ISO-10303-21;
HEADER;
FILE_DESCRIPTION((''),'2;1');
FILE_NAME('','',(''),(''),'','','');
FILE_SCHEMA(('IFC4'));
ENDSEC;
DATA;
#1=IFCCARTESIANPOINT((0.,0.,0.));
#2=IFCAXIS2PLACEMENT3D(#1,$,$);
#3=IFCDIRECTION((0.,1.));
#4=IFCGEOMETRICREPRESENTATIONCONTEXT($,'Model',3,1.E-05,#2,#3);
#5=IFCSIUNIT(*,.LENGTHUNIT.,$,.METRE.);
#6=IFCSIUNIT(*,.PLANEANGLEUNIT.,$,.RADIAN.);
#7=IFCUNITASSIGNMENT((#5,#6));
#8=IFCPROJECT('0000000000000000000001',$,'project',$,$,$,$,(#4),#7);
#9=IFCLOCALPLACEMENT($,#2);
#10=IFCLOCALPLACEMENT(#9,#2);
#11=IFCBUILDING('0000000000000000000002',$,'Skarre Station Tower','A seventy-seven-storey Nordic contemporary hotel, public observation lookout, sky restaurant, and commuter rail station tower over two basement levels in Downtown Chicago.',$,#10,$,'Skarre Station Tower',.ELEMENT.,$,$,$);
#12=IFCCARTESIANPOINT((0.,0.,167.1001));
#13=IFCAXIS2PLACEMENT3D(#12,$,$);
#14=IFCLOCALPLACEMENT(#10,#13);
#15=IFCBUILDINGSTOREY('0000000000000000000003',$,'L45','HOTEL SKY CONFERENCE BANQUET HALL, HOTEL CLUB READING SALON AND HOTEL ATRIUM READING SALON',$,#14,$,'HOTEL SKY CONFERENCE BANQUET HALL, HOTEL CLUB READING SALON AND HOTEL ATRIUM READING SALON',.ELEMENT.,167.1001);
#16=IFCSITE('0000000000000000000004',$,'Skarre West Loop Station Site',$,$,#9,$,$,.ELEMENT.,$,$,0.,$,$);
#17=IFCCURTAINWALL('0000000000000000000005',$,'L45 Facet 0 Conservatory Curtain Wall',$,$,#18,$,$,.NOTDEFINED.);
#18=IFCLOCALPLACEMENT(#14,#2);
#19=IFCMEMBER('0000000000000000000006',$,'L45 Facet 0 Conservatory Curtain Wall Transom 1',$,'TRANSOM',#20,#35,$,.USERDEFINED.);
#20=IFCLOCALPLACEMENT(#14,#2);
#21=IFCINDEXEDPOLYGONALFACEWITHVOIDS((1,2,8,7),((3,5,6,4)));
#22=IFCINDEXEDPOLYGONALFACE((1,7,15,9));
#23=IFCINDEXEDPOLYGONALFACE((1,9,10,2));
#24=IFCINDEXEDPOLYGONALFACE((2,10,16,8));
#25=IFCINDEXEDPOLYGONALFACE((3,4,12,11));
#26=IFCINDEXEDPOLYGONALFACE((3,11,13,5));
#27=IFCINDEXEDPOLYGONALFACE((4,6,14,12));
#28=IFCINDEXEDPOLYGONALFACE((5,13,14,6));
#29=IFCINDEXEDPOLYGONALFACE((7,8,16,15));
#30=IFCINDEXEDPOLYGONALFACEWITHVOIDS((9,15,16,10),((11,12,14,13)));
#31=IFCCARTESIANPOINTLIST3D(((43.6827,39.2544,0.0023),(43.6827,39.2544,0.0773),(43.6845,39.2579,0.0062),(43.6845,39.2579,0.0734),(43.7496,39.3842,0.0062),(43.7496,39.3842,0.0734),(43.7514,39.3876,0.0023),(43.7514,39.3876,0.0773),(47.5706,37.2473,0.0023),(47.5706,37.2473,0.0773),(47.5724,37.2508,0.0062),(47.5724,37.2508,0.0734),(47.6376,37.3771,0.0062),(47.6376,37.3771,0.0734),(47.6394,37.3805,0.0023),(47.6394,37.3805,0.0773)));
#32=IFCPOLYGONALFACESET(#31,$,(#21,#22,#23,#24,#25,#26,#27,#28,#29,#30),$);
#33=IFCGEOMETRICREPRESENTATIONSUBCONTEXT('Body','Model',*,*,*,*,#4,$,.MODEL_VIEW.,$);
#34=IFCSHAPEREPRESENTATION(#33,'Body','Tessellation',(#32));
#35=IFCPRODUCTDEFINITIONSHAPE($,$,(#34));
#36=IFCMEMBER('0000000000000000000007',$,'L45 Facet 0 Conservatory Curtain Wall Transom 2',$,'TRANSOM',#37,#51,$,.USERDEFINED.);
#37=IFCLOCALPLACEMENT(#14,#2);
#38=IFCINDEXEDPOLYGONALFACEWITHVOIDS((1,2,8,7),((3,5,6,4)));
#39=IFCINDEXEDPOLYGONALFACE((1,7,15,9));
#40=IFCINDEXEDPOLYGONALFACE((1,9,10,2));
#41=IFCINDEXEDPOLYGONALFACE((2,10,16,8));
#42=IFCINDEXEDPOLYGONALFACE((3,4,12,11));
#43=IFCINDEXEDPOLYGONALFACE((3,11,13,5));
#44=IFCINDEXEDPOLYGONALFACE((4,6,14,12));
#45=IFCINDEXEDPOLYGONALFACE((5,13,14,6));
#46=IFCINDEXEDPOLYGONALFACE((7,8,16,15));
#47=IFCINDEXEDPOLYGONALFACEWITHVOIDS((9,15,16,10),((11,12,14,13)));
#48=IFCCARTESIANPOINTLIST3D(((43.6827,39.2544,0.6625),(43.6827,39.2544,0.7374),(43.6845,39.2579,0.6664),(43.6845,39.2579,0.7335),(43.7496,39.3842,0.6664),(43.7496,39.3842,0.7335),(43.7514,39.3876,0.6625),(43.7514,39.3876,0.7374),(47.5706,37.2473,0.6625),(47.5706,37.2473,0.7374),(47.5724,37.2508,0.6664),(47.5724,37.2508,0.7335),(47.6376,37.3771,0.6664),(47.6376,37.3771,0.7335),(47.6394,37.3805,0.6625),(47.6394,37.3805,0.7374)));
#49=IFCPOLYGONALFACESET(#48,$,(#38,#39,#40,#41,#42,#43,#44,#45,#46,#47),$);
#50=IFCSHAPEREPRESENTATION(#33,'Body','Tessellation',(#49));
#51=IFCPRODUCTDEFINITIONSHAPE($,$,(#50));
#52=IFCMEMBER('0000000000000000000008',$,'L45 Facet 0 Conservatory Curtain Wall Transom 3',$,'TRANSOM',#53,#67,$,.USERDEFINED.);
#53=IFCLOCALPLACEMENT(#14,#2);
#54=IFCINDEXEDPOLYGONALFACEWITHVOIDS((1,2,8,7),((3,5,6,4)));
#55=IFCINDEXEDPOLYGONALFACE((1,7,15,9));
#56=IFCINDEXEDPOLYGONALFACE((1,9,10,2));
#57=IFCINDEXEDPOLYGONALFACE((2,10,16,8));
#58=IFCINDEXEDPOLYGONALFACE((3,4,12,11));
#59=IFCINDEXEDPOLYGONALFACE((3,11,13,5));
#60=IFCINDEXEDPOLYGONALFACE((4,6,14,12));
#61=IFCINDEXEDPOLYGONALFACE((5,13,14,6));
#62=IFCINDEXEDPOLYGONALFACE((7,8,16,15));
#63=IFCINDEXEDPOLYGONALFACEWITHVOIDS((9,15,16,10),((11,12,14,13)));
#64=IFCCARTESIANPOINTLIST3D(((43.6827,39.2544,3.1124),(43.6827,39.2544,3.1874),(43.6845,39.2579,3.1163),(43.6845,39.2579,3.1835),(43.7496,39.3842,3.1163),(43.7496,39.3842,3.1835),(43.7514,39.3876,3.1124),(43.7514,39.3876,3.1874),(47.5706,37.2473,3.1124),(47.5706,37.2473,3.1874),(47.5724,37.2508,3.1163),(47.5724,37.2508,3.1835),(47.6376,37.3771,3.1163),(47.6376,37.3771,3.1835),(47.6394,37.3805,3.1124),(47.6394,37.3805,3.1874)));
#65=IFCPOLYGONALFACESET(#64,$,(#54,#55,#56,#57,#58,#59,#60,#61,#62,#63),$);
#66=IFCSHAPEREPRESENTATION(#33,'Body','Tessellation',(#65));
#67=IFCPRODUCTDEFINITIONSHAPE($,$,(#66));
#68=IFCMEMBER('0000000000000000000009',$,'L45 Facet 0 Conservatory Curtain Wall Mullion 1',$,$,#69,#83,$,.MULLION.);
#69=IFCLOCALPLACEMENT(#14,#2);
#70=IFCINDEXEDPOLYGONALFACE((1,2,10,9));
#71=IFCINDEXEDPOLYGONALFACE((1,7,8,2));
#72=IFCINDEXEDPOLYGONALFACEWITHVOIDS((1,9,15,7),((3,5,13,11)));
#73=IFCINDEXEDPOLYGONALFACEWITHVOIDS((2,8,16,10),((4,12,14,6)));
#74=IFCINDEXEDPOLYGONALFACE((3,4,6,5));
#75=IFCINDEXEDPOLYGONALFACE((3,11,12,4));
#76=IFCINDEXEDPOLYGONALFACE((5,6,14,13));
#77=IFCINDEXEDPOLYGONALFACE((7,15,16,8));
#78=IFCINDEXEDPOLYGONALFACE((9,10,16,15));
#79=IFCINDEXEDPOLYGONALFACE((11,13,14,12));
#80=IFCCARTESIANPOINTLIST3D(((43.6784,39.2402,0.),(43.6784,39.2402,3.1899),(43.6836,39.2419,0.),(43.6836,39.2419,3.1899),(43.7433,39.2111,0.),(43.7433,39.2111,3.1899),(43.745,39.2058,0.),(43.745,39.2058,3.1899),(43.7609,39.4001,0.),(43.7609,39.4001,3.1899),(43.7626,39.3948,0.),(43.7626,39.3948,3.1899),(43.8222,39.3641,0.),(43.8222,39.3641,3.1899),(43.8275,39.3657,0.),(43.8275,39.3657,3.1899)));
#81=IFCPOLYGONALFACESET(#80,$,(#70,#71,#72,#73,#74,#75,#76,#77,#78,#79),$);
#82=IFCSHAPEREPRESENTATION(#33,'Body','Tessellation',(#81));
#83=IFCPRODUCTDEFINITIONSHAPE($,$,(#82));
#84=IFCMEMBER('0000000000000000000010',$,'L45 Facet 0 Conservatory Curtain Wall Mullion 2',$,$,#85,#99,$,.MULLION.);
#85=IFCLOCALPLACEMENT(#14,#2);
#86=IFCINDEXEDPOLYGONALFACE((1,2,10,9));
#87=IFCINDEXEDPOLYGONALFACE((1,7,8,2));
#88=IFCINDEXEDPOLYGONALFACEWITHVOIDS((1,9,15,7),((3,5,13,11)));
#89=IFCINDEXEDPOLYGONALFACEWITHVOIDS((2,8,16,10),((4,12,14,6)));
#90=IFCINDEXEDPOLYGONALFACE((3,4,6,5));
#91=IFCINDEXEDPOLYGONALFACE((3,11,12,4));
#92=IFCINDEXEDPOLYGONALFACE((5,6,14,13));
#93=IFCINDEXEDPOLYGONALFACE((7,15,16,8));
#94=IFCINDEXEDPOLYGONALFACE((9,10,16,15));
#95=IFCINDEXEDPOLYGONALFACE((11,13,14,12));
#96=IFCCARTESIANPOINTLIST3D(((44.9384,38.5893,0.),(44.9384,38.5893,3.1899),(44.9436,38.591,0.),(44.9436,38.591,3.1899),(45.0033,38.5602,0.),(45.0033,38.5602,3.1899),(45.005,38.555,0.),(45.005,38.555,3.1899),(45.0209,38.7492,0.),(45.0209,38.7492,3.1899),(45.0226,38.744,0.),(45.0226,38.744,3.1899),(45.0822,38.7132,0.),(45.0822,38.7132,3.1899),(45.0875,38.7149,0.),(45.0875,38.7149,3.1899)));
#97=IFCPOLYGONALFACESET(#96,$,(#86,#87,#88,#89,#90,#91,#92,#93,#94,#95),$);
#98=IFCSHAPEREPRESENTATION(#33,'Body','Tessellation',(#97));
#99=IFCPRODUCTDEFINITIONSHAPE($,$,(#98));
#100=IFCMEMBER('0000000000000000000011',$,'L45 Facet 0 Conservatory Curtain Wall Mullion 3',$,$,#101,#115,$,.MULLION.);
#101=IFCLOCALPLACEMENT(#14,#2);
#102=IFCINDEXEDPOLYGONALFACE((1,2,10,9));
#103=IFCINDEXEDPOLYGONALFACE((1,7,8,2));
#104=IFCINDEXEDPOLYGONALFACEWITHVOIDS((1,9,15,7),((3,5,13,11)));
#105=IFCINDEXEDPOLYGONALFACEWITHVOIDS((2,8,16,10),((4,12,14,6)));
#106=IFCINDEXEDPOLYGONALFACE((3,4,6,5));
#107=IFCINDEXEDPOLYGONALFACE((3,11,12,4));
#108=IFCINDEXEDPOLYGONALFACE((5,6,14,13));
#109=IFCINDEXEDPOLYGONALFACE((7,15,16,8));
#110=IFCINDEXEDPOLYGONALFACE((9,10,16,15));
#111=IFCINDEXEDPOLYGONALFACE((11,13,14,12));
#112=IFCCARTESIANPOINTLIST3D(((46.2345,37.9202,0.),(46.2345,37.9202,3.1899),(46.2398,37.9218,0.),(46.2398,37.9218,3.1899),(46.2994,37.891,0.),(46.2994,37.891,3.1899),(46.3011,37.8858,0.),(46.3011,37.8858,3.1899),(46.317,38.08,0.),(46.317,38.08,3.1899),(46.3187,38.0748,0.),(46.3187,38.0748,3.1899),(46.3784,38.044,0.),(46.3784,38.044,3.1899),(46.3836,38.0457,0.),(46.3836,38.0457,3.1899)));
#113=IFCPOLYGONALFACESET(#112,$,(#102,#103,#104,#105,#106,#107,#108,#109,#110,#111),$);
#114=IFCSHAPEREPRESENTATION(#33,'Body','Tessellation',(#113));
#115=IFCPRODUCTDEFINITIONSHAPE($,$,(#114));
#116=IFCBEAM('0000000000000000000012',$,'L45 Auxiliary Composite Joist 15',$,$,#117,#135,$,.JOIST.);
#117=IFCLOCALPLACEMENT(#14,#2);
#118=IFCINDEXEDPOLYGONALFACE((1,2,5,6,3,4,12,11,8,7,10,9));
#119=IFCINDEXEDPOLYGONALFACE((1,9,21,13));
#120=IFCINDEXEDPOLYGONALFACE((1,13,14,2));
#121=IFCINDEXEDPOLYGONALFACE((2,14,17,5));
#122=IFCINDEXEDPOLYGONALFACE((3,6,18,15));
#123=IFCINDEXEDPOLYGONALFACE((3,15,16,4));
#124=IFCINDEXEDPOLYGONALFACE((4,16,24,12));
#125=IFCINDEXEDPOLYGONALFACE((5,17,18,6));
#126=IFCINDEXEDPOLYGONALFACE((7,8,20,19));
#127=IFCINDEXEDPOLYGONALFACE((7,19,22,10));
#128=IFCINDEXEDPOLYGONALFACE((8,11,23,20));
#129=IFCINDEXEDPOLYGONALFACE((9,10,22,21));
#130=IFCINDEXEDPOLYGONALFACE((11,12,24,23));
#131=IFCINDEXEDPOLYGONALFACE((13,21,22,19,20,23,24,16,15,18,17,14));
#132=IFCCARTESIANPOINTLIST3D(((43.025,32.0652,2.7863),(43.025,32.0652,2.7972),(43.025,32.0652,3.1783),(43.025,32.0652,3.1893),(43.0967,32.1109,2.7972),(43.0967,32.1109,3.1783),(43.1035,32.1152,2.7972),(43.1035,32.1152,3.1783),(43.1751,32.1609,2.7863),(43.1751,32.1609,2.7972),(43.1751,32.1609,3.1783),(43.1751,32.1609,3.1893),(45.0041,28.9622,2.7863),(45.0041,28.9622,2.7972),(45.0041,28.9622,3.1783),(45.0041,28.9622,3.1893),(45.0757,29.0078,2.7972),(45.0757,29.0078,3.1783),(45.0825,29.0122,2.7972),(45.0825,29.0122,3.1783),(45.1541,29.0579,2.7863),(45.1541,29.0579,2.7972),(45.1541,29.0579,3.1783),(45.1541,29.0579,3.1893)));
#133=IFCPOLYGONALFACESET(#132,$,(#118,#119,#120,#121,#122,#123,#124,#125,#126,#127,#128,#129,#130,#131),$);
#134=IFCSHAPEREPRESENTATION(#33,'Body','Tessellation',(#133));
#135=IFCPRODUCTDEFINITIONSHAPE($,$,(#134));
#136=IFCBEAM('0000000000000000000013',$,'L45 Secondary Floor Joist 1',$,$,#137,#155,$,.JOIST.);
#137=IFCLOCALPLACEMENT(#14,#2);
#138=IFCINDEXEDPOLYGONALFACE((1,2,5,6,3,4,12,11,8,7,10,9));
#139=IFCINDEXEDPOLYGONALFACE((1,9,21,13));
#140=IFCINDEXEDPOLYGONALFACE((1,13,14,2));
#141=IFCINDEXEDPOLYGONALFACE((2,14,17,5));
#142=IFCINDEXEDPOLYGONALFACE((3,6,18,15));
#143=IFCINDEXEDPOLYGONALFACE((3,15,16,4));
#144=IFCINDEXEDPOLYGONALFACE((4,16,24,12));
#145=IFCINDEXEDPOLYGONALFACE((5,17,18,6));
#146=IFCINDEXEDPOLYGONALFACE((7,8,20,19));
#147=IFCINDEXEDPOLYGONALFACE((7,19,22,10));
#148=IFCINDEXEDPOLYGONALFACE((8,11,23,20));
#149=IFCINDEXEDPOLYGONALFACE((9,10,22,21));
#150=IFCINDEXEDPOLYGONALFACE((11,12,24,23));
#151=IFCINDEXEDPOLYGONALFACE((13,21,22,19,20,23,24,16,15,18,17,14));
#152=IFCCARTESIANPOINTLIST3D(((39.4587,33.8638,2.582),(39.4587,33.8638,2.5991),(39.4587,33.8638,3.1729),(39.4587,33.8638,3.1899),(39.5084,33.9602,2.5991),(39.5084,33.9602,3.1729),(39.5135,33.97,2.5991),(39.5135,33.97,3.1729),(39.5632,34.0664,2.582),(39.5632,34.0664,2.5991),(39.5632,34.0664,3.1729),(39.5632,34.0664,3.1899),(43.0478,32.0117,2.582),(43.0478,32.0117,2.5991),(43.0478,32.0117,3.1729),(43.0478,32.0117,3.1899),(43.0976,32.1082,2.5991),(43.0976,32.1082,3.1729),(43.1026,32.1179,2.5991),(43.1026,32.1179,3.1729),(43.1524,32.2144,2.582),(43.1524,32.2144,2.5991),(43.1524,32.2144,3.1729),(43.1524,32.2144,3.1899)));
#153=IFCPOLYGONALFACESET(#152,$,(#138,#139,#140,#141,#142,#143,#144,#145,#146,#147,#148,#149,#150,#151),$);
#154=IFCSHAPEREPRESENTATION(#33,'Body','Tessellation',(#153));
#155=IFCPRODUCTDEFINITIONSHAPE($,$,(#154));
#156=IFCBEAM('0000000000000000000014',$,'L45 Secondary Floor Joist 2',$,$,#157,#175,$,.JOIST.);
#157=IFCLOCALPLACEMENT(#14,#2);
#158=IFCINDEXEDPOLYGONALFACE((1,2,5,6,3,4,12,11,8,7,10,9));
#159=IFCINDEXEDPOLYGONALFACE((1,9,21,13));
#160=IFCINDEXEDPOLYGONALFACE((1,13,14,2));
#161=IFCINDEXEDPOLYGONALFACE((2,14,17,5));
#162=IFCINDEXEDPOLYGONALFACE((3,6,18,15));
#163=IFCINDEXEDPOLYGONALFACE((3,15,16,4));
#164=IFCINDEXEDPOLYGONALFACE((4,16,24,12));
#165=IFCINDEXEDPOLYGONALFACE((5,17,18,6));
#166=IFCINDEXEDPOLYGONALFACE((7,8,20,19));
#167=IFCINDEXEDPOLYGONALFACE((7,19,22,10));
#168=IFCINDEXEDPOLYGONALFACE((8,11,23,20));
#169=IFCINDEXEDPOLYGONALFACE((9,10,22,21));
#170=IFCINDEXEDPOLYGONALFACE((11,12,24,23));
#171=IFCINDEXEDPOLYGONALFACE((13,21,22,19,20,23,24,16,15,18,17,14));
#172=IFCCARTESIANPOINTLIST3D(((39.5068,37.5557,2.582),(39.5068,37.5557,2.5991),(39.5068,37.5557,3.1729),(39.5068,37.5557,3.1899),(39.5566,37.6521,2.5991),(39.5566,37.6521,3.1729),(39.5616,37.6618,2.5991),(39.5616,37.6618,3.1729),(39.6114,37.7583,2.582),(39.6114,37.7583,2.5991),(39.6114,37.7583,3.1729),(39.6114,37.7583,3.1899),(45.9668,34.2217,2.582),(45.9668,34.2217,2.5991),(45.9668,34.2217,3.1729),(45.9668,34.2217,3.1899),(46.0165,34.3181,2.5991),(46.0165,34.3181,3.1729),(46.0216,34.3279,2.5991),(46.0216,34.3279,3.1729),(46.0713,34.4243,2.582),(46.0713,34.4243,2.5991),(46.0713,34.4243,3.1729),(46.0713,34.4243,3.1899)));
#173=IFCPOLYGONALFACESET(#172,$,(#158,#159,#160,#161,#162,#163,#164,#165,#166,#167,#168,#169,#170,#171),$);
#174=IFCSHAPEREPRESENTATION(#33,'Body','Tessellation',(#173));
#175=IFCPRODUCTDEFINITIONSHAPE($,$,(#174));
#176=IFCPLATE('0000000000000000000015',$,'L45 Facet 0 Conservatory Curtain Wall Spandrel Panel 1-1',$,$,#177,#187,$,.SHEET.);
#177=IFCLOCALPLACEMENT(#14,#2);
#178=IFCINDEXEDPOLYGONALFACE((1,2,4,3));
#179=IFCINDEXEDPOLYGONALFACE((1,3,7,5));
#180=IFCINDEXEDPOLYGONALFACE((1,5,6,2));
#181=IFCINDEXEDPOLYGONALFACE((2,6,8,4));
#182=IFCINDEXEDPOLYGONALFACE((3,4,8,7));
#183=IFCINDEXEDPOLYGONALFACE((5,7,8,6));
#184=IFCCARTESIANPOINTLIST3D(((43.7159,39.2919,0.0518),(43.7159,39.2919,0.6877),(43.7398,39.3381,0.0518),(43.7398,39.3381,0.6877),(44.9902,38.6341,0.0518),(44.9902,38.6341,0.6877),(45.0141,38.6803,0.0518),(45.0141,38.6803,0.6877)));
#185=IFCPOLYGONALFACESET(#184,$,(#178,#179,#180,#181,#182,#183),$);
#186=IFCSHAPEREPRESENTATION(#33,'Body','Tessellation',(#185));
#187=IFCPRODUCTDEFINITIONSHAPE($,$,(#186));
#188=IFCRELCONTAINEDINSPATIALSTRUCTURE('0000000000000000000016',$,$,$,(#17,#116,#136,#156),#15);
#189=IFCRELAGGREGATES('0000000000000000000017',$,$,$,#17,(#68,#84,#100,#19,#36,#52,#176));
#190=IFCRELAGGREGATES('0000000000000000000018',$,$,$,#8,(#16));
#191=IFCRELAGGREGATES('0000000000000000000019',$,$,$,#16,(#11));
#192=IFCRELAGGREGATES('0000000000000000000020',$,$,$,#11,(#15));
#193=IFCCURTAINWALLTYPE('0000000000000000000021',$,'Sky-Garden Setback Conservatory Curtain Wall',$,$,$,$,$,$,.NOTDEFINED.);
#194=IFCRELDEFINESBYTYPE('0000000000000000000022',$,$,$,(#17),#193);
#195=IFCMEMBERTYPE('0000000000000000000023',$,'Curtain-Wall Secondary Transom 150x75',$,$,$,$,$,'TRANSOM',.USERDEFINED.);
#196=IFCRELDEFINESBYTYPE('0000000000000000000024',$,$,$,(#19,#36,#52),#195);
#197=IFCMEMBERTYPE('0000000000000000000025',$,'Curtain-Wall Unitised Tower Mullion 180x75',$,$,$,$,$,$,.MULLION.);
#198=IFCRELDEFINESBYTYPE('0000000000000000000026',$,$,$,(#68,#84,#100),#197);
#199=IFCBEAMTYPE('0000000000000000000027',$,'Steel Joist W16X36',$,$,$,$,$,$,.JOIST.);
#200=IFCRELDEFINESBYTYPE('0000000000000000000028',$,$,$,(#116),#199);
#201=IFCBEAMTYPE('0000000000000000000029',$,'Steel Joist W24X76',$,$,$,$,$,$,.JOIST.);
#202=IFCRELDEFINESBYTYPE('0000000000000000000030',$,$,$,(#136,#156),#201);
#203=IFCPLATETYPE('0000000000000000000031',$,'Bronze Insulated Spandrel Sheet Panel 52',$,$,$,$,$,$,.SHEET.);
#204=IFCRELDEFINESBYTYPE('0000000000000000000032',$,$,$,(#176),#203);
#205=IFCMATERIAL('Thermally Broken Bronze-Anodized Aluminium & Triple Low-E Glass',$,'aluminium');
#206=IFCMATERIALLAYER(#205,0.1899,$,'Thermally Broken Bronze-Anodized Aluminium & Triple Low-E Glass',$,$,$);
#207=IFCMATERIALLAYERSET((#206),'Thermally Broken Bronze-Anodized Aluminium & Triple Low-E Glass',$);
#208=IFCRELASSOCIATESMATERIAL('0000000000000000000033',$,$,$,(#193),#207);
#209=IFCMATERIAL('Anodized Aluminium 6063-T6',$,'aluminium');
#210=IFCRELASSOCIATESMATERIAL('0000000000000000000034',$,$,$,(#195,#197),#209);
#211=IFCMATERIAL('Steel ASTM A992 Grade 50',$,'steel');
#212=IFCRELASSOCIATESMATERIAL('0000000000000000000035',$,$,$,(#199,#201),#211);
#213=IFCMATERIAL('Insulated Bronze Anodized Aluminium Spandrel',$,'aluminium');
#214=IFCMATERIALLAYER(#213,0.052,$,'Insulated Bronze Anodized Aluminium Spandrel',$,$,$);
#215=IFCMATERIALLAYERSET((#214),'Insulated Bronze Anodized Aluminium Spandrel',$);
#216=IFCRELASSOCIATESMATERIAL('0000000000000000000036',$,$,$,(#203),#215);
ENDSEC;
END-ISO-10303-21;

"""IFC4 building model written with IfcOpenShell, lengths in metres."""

from ifc_helpers import new_model, si_unit, direction, frame, origin, origin_2d, place, context, subcontext, project, spatial, rectangle, hollow_rectangle, i_section, extrude, material, layer, layer_set, material_profile, profile_set, type_object, element, aggregate, save


model = new_model("IFC4")

# Units and contexts
model_context = context("Model", 3, precision=1e-05, world=origin(), true_north=direction((0.0, 1.0)))
body_context = subcontext(model_context, "Body", "Model", "MODEL_VIEW")
ifc_project = project(units=[si_unit("LENGTHUNIT", "METRE"), si_unit("PLANEANGLEUNIT", "RADIAN")], contexts=[model_context])

# Site, building, storey
site_placement = place(None, origin())
site = spatial("IfcSite", under=ifc_project, at=site_placement, Name="Skarre West Loop Station Site", CompositionType="ELEMENT", RefElevation=0.0)
building_placement = place(site_placement, origin())
building = spatial("IfcBuilding", under=site, at=building_placement, Name="Skarre Station Tower", Description="A seventy-seven-storey Nordic contemporary hotel, public observation lookout, sky restaurant, and commuter rail station tower over two basement levels in Downtown Chicago.", LongName="Skarre Station Tower", CompositionType="ELEMENT")
storey_placement = place(building_placement, frame((0.0, 0.0, 167.1001)))
storey = spatial("IfcBuildingStorey", under=building, at=storey_placement, Name="L45", Description="HOTEL SKY CONFERENCE BANQUET HALL, HOTEL CLUB READING SALON AND HOTEL ATRIUM READING SALON", LongName="HOTEL SKY CONFERENCE BANQUET HALL, HOTEL CLUB READING SALON AND HOTEL ATRIUM READING SALON", CompositionType="ELEMENT", Elevation=167.1001)

# Curtain wall, members
ifc_material_1 = material(Name="Thermally Broken Bronze-Anodized Aluminium & Triple Low-E Glass", Category="aluminium")
ifc_layer_1 = layer(ifc_material_1, 0.1899, Name="Thermally Broken Bronze-Anodized Aluminium & Triple Low-E Glass")
ifc_layer_set_1 = layer_set([ifc_layer_1], Name="Thermally Broken Bronze-Anodized Aluminium & Triple Low-E Glass")
curtain_wall_type = type_object("IfcCurtainWallType", Name="Sky-Garden Setback Conservatory Curtain Wall", PredefinedType="NOTDEFINED", material=ifc_layer_set_1)
curtain_wall_placement = place(storey_placement, origin())
curtain_wall = element("IfcCurtainWall", 1, at=curtain_wall_placement, inside=storey, type_object=curtain_wall_type, Name="L45 Facet 0 Conservatory Curtain Wall", PredefinedType="NOTDEFINED")
ifc_material_2 = material(Name="Anodized Aluminium 6063-T6", Category="aluminium")
ifc_material_profile_1 = material_profile(ifc_material_2, hollow_rectangle(XDim=0.075, YDim=0.1499, WallThickness=0.0039, at=origin_2d()), Name="Anodized Aluminium 6063-T6")
ifc_profile_set_1 = profile_set([ifc_material_profile_1], Name="Anodized Aluminium 6063-T6")
member_type_1 = type_object("IfcMemberType", Name="Curtain-Wall Secondary Transom 150x75", ElementType="TRANSOM", PredefinedType="USERDEFINED", material=ifc_profile_set_1)
member_1_placement = place(storey_placement, frame((43.717, 39.321, 0.0398), z_axis=(0.888583, -0.458715, 0.0), x_axis=(0.0, 0.0, 1.0)))
member_1 = element("IfcMember", 2, at=member_1_placement, type_object=member_type_1, Name="L45 Facet 0 Conservatory Curtain Wall Transom 1", ObjectType="TRANSOM", PredefinedType="USERDEFINED", context=body_context, shape_type="SweptSolid", body=[
    extrude(hollow_rectangle(XDim=0.075, YDim=0.1499, WallThickness=0.0039, at=origin_2d()), origin(), (0.0, 0.0, 1.0), 4.3755),
])
member_2_placement = place(storey_placement, frame((43.717, 39.321, 0.7), z_axis=(0.888583, -0.458715, 0.0), x_axis=(0.0, 0.0, 1.0)))
member_2 = element("IfcMember", 3, at=member_2_placement, type_object=member_type_1, Name="L45 Facet 0 Conservatory Curtain Wall Transom 2", ObjectType="TRANSOM", PredefinedType="USERDEFINED", context=body_context, shape_type="SweptSolid", body=[
    extrude(hollow_rectangle(XDim=0.075, YDim=0.1499, WallThickness=0.0039, at=origin_2d()), origin(), (0.0, 0.0, 1.0), 4.3755),
])
member_3_placement = place(storey_placement, frame((43.717, 39.321, 3.1499), z_axis=(0.888583, -0.458715, 0.0), x_axis=(0.0, 0.0, 1.0)))
member_3 = element("IfcMember", 4, at=member_3_placement, type_object=member_type_1, Name="L45 Facet 0 Conservatory Curtain Wall Transom 3", ObjectType="TRANSOM", PredefinedType="USERDEFINED", context=body_context, shape_type="SweptSolid", body=[
    extrude(hollow_rectangle(XDim=0.075, YDim=0.1499, WallThickness=0.0039, at=origin_2d()), origin(), (0.0, 0.0, 1.0), 4.3755),
])
ifc_material_profile_2 = material_profile(ifc_material_2, hollow_rectangle(XDim=0.075, YDim=0.1799, WallThickness=0.0039, at=origin_2d()), Name="Anodized Aluminium 6063-T6")
ifc_profile_set_2 = profile_set([ifc_material_profile_2], Name="Anodized Aluminium 6063-T6")
member_type_2 = type_object("IfcMemberType", Name="Curtain-Wall Unitised Tower Mullion 180x75", PredefinedType="MULLION", material=ifc_profile_set_2)
member_4_placement = place(storey_placement, frame((43.7529, 39.303, 0.0), z_axis=(0.0, 0.0, 1.0), x_axis=(0.888593, -0.458696, 0.0)))
member_4 = element("IfcMember", 5, at=member_4_placement, type_object=member_type_2, Name="L45 Facet 0 Conservatory Curtain Wall Mullion 1", PredefinedType="MULLION", context=body_context, shape_type="SweptSolid", body=[
    extrude(hollow_rectangle(XDim=0.075, YDim=0.1799, WallThickness=0.0039, at=origin_2d()), origin(), (0.0, 0.0, 1.0), 3.1899),
])
member_5_placement = place(storey_placement, frame((45.0129, 38.6521, 0.0), z_axis=(0.0, 0.0, 1.0), x_axis=(0.888593, -0.458696, 0.0)))
member_5 = element("IfcMember", 6, at=member_5_placement, type_object=member_type_2, Name="L45 Facet 0 Conservatory Curtain Wall Mullion 2", PredefinedType="MULLION", context=body_context, shape_type="SweptSolid", body=[
    extrude(hollow_rectangle(XDim=0.075, YDim=0.1799, WallThickness=0.0039, at=origin_2d()), origin(), (0.0, 0.0, 1.0), 3.1899),
])
member_6_placement = place(storey_placement, frame((46.3091, 37.9829, 0.0), z_axis=(0.0, 0.0, 1.0), x_axis=(0.888593, -0.458696, 0.0)))
member_6 = element("IfcMember", 7, at=member_6_placement, type_object=member_type_2, Name="L45 Facet 0 Conservatory Curtain Wall Mullion 3", PredefinedType="MULLION", context=body_context, shape_type="SweptSolid", body=[
    extrude(hollow_rectangle(XDim=0.075, YDim=0.1799, WallThickness=0.0039, at=origin_2d()), origin(), (0.0, 0.0, 1.0), 3.1899),
])

# Beams
ifc_material_3 = material(Name="Steel ASTM A992 Grade 50", Category="steel")
ifc_material_profile_3 = material_profile(ifc_material_3, i_section(OverallWidth=0.178, OverallDepth=0.4031, WebThickness=0.0081, FlangeThickness=0.011, at=origin_2d()), Name="Steel ASTM A992 Grade 50")
ifc_profile_set_3 = profile_set([ifc_material_profile_3], Name="Steel ASTM A992 Grade 50")
beam_type_1 = type_object("IfcBeamType", Name="Steel Joist W16X36", PredefinedType="JOIST", material=ifc_profile_set_3)
beam_1_placement = place(storey_placement, frame((45.0791, 29.01, 2.9878), z_axis=(-0.537717, 0.843126, 0.0), x_axis=(-0.843126, -0.537717, 0.0)))
element("IfcBeam", 8, at=beam_1_placement, inside=storey, type_object=beam_type_1, Name="L45 Auxiliary Composite Joist 15", PredefinedType="JOIST", context=body_context, shape_type="SweptSolid", body=[
    extrude(i_section(OverallWidth=0.178, OverallDepth=0.4031, WebThickness=0.0081, FlangeThickness=0.011, at=origin_2d()), origin(), (0.0, 0.0, 1.0), 3.6804),
])
ifc_material_profile_4 = material_profile(ifc_material_3, i_section(OverallWidth=0.228, OverallDepth=0.6079, WebThickness=0.011, FlangeThickness=0.0171, at=origin_2d()), Name="Steel ASTM A992 Grade 50")
ifc_profile_set_4 = profile_set([ifc_material_profile_4], Name="Steel ASTM A992 Grade 50")
beam_type_2 = type_object("IfcBeamType", Name="Steel Joist W24X76", PredefinedType="JOIST", material=ifc_profile_set_4)
beam_2_placement = place(storey_placement, frame((43.1001, 32.113, 2.886), z_axis=(-0.88866, 0.458566, 0.0), x_axis=(-0.458566, -0.88866, 0.0)))
element("IfcBeam", 9, at=beam_2_placement, inside=storey, type_object=beam_type_2, Name="L45 Secondary Floor Joist 1", PredefinedType="JOIST", context=body_context, shape_type="SweptSolid", body=[
    extrude(i_section(OverallWidth=0.228, OverallDepth=0.6079, WebThickness=0.011, FlangeThickness=0.0171, at=origin_2d()), origin(), (0.0, 0.0, 1.0), 4.0388),
])
beam_3_placement = place(storey_placement, frame((46.019, 34.323, 2.886), z_axis=(-0.888631, 0.458622, 0.0), x_axis=(-0.458622, -0.888631, 0.0)))
element("IfcBeam", 10, at=beam_3_placement, inside=storey, type_object=beam_type_2, Name="L45 Secondary Floor Joist 2", PredefinedType="JOIST", context=body_context, shape_type="SweptSolid", body=[
    extrude(i_section(OverallWidth=0.228, OverallDepth=0.6079, WebThickness=0.011, FlangeThickness=0.0171, at=origin_2d()), origin(), (0.0, 0.0, 1.0), 7.2695),
])

# Plate
ifc_material_4 = material(Name="Insulated Bronze Anodized Aluminium Spandrel", Category="aluminium")
ifc_layer_2 = layer(ifc_material_4, 0.052, Name="Insulated Bronze Anodized Aluminium Spandrel")
ifc_layer_set_2 = layer_set([ifc_layer_2], Name="Insulated Bronze Anodized Aluminium Spandrel")
plate_type_1 = type_object("IfcPlateType", Name="Bronze Insulated Spandrel Sheet Panel 52", PredefinedType="SHEET", material=ifc_layer_set_2)
plate_1_placement = place(storey_placement, frame((44.365, 38.9861, 0.0518), z_axis=(0.0, 0.0, 1.0), x_axis=(0.888593, -0.458696, 0.0)))
plate_1 = element("IfcPlate", 11, at=plate_1_placement, type_object=plate_type_1, Name="L45 Facet 0 Conservatory Curtain Wall Spandrel Panel 1-1", PredefinedType="SHEET", context=body_context, shape_type="SweptSolid", body=[
    extrude(rectangle(XDim=1.4341, YDim=0.052, at=origin_2d()), origin(), (0.0, 0.0, 1.0), 0.636),
])
aggregate(curtain_wall, [member_4, member_5, member_6, member_1, member_2, member_3, plate_1])

save(model, "model.ifc")
